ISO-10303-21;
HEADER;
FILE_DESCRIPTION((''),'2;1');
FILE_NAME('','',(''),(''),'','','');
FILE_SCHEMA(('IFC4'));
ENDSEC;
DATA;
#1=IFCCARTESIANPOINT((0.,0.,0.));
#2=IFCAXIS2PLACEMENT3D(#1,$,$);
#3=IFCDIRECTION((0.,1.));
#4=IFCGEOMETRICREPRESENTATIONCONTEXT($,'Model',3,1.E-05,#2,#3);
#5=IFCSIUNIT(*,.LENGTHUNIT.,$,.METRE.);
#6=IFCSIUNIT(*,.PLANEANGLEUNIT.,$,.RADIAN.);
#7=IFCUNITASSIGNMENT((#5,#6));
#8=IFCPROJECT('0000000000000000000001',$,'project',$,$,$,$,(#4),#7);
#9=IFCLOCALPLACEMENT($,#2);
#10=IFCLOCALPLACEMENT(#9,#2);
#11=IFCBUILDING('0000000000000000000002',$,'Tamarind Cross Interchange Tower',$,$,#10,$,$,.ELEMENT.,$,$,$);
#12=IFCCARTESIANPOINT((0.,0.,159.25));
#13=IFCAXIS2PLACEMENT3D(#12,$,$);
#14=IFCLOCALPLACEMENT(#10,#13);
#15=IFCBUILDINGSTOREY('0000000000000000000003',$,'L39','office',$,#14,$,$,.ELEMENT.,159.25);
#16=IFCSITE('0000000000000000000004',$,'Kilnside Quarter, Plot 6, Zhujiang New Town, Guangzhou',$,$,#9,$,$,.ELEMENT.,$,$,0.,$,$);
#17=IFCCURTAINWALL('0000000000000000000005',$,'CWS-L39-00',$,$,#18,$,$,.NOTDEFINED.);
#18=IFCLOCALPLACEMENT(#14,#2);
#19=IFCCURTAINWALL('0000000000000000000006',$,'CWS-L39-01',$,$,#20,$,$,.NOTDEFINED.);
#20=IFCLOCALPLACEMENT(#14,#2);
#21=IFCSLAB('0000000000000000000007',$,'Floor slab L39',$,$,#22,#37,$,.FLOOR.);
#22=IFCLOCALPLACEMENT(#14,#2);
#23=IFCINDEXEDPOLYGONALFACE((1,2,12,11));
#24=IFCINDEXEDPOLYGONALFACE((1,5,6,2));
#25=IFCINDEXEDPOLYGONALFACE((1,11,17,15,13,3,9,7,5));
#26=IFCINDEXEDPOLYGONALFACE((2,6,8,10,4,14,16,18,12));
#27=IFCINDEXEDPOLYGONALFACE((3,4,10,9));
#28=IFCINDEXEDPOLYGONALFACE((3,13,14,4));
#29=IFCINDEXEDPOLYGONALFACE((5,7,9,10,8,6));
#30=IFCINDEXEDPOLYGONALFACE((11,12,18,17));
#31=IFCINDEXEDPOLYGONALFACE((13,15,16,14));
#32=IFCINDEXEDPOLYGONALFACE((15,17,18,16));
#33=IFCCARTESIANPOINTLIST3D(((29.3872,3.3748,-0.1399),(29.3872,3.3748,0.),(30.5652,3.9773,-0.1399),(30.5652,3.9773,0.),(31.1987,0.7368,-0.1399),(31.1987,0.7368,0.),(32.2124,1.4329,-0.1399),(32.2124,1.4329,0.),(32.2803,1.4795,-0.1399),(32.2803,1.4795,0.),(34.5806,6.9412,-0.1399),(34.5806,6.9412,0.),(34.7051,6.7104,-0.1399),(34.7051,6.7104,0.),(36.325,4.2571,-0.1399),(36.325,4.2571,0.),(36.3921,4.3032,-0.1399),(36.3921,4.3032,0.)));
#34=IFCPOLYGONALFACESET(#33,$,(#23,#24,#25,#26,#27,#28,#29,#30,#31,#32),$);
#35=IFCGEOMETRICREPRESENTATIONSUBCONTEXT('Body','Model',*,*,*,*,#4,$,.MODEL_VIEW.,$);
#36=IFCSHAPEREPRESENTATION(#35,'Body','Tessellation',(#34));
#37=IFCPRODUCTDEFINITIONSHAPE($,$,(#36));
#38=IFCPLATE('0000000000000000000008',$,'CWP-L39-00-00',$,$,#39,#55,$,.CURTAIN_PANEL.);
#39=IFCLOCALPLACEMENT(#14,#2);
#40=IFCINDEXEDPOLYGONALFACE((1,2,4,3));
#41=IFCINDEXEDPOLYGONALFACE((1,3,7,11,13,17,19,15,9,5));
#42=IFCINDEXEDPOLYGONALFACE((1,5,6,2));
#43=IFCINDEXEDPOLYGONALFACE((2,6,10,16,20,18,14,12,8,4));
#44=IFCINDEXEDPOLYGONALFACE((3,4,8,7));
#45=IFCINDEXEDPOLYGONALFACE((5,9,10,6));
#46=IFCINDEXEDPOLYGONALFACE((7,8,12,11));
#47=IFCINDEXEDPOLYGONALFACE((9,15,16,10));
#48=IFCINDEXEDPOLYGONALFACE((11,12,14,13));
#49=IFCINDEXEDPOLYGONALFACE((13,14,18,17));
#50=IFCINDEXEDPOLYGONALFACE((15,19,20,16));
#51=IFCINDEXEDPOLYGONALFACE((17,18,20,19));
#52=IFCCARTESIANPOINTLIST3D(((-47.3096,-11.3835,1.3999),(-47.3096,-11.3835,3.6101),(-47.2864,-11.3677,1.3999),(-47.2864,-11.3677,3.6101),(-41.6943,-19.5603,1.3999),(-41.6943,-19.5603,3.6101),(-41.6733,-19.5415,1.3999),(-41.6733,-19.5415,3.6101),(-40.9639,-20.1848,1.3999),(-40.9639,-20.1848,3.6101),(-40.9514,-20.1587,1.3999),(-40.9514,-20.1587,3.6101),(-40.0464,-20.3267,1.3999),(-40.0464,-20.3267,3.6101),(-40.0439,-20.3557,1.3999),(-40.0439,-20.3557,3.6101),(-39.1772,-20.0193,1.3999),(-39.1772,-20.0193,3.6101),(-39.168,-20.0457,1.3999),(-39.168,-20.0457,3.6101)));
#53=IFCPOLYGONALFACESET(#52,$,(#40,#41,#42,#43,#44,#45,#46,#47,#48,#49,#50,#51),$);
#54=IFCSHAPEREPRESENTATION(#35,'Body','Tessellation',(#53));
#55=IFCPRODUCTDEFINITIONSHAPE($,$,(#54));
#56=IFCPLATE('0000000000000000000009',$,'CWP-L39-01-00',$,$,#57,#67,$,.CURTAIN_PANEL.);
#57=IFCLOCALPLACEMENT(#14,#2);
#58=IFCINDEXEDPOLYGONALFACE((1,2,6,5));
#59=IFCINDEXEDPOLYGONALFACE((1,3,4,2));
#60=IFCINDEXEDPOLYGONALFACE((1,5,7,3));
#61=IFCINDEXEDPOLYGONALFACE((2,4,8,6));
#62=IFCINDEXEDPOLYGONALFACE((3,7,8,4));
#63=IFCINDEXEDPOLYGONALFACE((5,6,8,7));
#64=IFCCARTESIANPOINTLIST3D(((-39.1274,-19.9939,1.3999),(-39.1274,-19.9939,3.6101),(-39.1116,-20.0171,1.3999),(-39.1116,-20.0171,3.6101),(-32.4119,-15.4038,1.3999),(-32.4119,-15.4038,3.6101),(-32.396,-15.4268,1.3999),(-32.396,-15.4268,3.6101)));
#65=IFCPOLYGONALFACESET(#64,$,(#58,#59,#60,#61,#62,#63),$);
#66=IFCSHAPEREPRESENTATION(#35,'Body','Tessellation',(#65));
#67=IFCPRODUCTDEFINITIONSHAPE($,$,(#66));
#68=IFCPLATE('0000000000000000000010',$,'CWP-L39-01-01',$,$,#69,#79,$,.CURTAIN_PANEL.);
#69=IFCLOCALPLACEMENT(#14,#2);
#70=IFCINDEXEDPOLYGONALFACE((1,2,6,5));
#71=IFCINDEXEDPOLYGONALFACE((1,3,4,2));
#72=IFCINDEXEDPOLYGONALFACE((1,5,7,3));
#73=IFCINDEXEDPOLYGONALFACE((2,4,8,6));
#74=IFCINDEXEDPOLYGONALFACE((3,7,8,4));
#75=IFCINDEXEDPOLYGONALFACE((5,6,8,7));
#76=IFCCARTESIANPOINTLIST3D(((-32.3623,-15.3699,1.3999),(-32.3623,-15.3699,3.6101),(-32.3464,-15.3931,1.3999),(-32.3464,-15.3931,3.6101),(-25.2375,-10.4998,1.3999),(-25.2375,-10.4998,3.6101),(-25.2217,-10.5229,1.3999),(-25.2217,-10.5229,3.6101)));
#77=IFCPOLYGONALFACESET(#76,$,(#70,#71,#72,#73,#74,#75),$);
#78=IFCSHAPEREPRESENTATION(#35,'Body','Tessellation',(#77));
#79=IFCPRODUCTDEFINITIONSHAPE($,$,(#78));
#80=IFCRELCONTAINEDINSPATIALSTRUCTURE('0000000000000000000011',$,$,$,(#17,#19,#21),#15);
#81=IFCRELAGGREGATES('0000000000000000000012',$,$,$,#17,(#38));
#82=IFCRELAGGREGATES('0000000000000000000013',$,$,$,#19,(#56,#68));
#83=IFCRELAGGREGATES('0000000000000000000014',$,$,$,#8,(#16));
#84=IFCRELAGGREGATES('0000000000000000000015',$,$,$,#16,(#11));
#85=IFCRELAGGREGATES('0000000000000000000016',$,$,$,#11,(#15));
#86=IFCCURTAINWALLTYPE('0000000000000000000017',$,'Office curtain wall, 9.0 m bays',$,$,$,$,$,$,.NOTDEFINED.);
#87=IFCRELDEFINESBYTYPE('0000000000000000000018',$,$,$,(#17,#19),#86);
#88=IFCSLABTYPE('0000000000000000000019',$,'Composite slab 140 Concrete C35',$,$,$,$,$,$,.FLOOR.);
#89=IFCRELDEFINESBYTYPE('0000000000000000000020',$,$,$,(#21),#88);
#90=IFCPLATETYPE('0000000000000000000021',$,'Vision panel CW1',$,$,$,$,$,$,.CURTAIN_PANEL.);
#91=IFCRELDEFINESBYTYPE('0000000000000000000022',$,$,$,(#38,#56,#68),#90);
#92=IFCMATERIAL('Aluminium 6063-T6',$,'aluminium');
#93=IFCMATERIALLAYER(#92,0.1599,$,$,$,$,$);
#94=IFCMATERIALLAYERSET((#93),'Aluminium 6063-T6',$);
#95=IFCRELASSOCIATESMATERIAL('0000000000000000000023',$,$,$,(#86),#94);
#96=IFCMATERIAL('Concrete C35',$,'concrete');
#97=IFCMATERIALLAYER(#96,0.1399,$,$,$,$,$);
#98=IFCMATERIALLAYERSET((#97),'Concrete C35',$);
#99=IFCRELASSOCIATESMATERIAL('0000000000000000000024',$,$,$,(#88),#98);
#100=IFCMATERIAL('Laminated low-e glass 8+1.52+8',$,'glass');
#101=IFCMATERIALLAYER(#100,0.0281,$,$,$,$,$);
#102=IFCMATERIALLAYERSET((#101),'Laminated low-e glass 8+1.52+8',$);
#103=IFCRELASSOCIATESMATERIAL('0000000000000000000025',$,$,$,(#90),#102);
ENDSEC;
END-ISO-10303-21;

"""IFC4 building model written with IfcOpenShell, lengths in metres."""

from ifc_helpers import new_model, si_unit, direction, frame, origin, place, context, subcontext, project, spatial, polyline, outline, extrude, material, layer, layer_set, type_object, element, aggregate, save


model = new_model("IFC4")

# Units and contexts
model_context = context("Model", 3, precision=1e-05, world=origin(), true_north=direction((0.0, 1.0)))
body_context = subcontext(model_context, "Body", "Model", "MODEL_VIEW")
ifc_project = project(units=[si_unit("LENGTHUNIT", "METRE"), si_unit("PLANEANGLEUNIT", "RADIAN")], contexts=[model_context])

# Site, building, storey
site_placement = place(None, origin())
site = spatial("IfcSite", under=ifc_project, at=site_placement, Name="Kilnside Quarter, Plot 6, Zhujiang New Town, Guangzhou", CompositionType="ELEMENT", RefElevation=0.0)
building_placement = place(site_placement, origin())
building = spatial("IfcBuilding", under=site, at=building_placement, Name="Tamarind Cross Interchange Tower", CompositionType="ELEMENT")
storey_placement = place(building_placement, frame((0.0, 0.0, 159.25)))
storey = spatial("IfcBuildingStorey", under=building, at=storey_placement, Name="L39", Description="office", CompositionType="ELEMENT", Elevation=159.25)

# Curtain walls
ifc_material_1 = material(Name="Aluminium 6063-T6", Category="aluminium")
ifc_layer_1 = layer(ifc_material_1, 0.1599)
ifc_layer_set_1 = layer_set([ifc_layer_1], Name="Aluminium 6063-T6")
curtain_wall_type = type_object("IfcCurtainWallType", Name="Office curtain wall, 9.0 m bays", PredefinedType="NOTDEFINED", material=ifc_layer_set_1)
curtain_wall_1_placement = place(storey_placement, origin())
curtain_wall_1 = element("IfcCurtainWall", 1, at=curtain_wall_1_placement, inside=storey, type_object=curtain_wall_type, Name="CWS-L39-00", PredefinedType="NOTDEFINED")
curtain_wall_2_placement = place(storey_placement, origin())
curtain_wall_2 = element("IfcCurtainWall", 2, at=curtain_wall_2_placement, inside=storey, type_object=curtain_wall_type, Name="CWS-L39-01", PredefinedType="NOTDEFINED")

# Slab
ifc_material_2 = material(Name="Concrete C35", Category="concrete")
ifc_layer_2 = layer(ifc_material_2, 0.1399)
ifc_layer_set_2 = layer_set([ifc_layer_2], Name="Concrete C35")
slab_type = type_object("IfcSlabType", Name="Composite slab 140 Concrete C35", PredefinedType="FLOOR", material=ifc_layer_set_2)
slab_1_placement = place(storey_placement, frame((0.0, 0.0, -0.1399)))
element("IfcSlab", 3, at=slab_1_placement, inside=storey, type_object=slab_type, Name="Floor slab L39", PredefinedType="FLOOR", context=body_context, shape_type="SweptSolid", body=[
    extrude(outline(polyline([(36.3921, 4.3032), (34.5806, 6.9412), (29.3872, 3.3748), (31.1987, 0.7368), (32.2124, 1.4329), (32.2803, 1.4795), (30.5652, 3.9773), (34.7051, 6.7104), (36.325, 4.2571), (36.3921, 4.3032)])), origin(), (0.0, 0.0, 1.0), 0.1399),
])

# Plates
ifc_material_3 = material(Name="Laminated low-e glass 8+1.52+8", Category="glass")
ifc_layer_3 = layer(ifc_material_3, 0.0281)
ifc_layer_set_3 = layer_set([ifc_layer_3], Name="Laminated low-e glass 8+1.52+8")
plate_type = type_object("IfcPlateType", Name="Vision panel CW1", PredefinedType="CURTAIN_PANEL", material=ifc_layer_set_3)
plate_1_placement = place(storey_placement, frame((0.0, 0.0, 1.3999)))
plate_1 = element("IfcPlate", 4, at=plate_1_placement, type_object=plate_type, Name="CWP-L39-00-00", PredefinedType="CURTAIN_PANEL", context=body_context, shape_type="SweptSolid", body=[
    extrude(outline(polyline([(-47.2864, -11.3677), (-41.6733, -19.5415), (-40.9514, -20.1587), (-40.0464, -20.3267), (-39.1772, -20.0193), (-39.168, -20.0457), (-40.0439, -20.3557), (-40.9639, -20.1848), (-41.6943, -19.5603), (-47.3096, -11.3835), (-47.2864, -11.3677)])), origin(), (0.0, 0.0, 1.0), 2.2102),
])
aggregate(curtain_wall_1, [plate_1])
plate_2_placement = place(storey_placement, frame((0.0, 0.0, 1.3999)))
plate_2 = element("IfcPlate", 5, at=plate_2_placement, type_object=plate_type, Name="CWP-L39-01-00", PredefinedType="CURTAIN_PANEL", context=body_context, shape_type="SweptSolid", body=[
    extrude(outline(polyline([(-39.1274, -19.9939), (-32.4119, -15.4038), (-32.396, -15.4268), (-39.1116, -20.0171), (-39.1274, -19.9939)])), origin(), (0.0, 0.0, 1.0), 2.2102),
])
plate_3_placement = place(storey_placement, frame((0.0, 0.0, 1.3999)))
plate_3 = element("IfcPlate", 6, at=plate_3_placement, type_object=plate_type, Name="CWP-L39-01-01", PredefinedType="CURTAIN_PANEL", context=body_context, shape_type="SweptSolid", body=[
    extrude(outline(polyline([(-32.3623, -15.3699), (-25.2375, -10.4998), (-25.2217, -10.5229), (-32.3464, -15.3931), (-32.3623, -15.3699)])), origin(), (0.0, 0.0, 1.0), 2.2102),
])
aggregate(curtain_wall_2, [plate_2, plate_3])

save(model, "model.ifc")
